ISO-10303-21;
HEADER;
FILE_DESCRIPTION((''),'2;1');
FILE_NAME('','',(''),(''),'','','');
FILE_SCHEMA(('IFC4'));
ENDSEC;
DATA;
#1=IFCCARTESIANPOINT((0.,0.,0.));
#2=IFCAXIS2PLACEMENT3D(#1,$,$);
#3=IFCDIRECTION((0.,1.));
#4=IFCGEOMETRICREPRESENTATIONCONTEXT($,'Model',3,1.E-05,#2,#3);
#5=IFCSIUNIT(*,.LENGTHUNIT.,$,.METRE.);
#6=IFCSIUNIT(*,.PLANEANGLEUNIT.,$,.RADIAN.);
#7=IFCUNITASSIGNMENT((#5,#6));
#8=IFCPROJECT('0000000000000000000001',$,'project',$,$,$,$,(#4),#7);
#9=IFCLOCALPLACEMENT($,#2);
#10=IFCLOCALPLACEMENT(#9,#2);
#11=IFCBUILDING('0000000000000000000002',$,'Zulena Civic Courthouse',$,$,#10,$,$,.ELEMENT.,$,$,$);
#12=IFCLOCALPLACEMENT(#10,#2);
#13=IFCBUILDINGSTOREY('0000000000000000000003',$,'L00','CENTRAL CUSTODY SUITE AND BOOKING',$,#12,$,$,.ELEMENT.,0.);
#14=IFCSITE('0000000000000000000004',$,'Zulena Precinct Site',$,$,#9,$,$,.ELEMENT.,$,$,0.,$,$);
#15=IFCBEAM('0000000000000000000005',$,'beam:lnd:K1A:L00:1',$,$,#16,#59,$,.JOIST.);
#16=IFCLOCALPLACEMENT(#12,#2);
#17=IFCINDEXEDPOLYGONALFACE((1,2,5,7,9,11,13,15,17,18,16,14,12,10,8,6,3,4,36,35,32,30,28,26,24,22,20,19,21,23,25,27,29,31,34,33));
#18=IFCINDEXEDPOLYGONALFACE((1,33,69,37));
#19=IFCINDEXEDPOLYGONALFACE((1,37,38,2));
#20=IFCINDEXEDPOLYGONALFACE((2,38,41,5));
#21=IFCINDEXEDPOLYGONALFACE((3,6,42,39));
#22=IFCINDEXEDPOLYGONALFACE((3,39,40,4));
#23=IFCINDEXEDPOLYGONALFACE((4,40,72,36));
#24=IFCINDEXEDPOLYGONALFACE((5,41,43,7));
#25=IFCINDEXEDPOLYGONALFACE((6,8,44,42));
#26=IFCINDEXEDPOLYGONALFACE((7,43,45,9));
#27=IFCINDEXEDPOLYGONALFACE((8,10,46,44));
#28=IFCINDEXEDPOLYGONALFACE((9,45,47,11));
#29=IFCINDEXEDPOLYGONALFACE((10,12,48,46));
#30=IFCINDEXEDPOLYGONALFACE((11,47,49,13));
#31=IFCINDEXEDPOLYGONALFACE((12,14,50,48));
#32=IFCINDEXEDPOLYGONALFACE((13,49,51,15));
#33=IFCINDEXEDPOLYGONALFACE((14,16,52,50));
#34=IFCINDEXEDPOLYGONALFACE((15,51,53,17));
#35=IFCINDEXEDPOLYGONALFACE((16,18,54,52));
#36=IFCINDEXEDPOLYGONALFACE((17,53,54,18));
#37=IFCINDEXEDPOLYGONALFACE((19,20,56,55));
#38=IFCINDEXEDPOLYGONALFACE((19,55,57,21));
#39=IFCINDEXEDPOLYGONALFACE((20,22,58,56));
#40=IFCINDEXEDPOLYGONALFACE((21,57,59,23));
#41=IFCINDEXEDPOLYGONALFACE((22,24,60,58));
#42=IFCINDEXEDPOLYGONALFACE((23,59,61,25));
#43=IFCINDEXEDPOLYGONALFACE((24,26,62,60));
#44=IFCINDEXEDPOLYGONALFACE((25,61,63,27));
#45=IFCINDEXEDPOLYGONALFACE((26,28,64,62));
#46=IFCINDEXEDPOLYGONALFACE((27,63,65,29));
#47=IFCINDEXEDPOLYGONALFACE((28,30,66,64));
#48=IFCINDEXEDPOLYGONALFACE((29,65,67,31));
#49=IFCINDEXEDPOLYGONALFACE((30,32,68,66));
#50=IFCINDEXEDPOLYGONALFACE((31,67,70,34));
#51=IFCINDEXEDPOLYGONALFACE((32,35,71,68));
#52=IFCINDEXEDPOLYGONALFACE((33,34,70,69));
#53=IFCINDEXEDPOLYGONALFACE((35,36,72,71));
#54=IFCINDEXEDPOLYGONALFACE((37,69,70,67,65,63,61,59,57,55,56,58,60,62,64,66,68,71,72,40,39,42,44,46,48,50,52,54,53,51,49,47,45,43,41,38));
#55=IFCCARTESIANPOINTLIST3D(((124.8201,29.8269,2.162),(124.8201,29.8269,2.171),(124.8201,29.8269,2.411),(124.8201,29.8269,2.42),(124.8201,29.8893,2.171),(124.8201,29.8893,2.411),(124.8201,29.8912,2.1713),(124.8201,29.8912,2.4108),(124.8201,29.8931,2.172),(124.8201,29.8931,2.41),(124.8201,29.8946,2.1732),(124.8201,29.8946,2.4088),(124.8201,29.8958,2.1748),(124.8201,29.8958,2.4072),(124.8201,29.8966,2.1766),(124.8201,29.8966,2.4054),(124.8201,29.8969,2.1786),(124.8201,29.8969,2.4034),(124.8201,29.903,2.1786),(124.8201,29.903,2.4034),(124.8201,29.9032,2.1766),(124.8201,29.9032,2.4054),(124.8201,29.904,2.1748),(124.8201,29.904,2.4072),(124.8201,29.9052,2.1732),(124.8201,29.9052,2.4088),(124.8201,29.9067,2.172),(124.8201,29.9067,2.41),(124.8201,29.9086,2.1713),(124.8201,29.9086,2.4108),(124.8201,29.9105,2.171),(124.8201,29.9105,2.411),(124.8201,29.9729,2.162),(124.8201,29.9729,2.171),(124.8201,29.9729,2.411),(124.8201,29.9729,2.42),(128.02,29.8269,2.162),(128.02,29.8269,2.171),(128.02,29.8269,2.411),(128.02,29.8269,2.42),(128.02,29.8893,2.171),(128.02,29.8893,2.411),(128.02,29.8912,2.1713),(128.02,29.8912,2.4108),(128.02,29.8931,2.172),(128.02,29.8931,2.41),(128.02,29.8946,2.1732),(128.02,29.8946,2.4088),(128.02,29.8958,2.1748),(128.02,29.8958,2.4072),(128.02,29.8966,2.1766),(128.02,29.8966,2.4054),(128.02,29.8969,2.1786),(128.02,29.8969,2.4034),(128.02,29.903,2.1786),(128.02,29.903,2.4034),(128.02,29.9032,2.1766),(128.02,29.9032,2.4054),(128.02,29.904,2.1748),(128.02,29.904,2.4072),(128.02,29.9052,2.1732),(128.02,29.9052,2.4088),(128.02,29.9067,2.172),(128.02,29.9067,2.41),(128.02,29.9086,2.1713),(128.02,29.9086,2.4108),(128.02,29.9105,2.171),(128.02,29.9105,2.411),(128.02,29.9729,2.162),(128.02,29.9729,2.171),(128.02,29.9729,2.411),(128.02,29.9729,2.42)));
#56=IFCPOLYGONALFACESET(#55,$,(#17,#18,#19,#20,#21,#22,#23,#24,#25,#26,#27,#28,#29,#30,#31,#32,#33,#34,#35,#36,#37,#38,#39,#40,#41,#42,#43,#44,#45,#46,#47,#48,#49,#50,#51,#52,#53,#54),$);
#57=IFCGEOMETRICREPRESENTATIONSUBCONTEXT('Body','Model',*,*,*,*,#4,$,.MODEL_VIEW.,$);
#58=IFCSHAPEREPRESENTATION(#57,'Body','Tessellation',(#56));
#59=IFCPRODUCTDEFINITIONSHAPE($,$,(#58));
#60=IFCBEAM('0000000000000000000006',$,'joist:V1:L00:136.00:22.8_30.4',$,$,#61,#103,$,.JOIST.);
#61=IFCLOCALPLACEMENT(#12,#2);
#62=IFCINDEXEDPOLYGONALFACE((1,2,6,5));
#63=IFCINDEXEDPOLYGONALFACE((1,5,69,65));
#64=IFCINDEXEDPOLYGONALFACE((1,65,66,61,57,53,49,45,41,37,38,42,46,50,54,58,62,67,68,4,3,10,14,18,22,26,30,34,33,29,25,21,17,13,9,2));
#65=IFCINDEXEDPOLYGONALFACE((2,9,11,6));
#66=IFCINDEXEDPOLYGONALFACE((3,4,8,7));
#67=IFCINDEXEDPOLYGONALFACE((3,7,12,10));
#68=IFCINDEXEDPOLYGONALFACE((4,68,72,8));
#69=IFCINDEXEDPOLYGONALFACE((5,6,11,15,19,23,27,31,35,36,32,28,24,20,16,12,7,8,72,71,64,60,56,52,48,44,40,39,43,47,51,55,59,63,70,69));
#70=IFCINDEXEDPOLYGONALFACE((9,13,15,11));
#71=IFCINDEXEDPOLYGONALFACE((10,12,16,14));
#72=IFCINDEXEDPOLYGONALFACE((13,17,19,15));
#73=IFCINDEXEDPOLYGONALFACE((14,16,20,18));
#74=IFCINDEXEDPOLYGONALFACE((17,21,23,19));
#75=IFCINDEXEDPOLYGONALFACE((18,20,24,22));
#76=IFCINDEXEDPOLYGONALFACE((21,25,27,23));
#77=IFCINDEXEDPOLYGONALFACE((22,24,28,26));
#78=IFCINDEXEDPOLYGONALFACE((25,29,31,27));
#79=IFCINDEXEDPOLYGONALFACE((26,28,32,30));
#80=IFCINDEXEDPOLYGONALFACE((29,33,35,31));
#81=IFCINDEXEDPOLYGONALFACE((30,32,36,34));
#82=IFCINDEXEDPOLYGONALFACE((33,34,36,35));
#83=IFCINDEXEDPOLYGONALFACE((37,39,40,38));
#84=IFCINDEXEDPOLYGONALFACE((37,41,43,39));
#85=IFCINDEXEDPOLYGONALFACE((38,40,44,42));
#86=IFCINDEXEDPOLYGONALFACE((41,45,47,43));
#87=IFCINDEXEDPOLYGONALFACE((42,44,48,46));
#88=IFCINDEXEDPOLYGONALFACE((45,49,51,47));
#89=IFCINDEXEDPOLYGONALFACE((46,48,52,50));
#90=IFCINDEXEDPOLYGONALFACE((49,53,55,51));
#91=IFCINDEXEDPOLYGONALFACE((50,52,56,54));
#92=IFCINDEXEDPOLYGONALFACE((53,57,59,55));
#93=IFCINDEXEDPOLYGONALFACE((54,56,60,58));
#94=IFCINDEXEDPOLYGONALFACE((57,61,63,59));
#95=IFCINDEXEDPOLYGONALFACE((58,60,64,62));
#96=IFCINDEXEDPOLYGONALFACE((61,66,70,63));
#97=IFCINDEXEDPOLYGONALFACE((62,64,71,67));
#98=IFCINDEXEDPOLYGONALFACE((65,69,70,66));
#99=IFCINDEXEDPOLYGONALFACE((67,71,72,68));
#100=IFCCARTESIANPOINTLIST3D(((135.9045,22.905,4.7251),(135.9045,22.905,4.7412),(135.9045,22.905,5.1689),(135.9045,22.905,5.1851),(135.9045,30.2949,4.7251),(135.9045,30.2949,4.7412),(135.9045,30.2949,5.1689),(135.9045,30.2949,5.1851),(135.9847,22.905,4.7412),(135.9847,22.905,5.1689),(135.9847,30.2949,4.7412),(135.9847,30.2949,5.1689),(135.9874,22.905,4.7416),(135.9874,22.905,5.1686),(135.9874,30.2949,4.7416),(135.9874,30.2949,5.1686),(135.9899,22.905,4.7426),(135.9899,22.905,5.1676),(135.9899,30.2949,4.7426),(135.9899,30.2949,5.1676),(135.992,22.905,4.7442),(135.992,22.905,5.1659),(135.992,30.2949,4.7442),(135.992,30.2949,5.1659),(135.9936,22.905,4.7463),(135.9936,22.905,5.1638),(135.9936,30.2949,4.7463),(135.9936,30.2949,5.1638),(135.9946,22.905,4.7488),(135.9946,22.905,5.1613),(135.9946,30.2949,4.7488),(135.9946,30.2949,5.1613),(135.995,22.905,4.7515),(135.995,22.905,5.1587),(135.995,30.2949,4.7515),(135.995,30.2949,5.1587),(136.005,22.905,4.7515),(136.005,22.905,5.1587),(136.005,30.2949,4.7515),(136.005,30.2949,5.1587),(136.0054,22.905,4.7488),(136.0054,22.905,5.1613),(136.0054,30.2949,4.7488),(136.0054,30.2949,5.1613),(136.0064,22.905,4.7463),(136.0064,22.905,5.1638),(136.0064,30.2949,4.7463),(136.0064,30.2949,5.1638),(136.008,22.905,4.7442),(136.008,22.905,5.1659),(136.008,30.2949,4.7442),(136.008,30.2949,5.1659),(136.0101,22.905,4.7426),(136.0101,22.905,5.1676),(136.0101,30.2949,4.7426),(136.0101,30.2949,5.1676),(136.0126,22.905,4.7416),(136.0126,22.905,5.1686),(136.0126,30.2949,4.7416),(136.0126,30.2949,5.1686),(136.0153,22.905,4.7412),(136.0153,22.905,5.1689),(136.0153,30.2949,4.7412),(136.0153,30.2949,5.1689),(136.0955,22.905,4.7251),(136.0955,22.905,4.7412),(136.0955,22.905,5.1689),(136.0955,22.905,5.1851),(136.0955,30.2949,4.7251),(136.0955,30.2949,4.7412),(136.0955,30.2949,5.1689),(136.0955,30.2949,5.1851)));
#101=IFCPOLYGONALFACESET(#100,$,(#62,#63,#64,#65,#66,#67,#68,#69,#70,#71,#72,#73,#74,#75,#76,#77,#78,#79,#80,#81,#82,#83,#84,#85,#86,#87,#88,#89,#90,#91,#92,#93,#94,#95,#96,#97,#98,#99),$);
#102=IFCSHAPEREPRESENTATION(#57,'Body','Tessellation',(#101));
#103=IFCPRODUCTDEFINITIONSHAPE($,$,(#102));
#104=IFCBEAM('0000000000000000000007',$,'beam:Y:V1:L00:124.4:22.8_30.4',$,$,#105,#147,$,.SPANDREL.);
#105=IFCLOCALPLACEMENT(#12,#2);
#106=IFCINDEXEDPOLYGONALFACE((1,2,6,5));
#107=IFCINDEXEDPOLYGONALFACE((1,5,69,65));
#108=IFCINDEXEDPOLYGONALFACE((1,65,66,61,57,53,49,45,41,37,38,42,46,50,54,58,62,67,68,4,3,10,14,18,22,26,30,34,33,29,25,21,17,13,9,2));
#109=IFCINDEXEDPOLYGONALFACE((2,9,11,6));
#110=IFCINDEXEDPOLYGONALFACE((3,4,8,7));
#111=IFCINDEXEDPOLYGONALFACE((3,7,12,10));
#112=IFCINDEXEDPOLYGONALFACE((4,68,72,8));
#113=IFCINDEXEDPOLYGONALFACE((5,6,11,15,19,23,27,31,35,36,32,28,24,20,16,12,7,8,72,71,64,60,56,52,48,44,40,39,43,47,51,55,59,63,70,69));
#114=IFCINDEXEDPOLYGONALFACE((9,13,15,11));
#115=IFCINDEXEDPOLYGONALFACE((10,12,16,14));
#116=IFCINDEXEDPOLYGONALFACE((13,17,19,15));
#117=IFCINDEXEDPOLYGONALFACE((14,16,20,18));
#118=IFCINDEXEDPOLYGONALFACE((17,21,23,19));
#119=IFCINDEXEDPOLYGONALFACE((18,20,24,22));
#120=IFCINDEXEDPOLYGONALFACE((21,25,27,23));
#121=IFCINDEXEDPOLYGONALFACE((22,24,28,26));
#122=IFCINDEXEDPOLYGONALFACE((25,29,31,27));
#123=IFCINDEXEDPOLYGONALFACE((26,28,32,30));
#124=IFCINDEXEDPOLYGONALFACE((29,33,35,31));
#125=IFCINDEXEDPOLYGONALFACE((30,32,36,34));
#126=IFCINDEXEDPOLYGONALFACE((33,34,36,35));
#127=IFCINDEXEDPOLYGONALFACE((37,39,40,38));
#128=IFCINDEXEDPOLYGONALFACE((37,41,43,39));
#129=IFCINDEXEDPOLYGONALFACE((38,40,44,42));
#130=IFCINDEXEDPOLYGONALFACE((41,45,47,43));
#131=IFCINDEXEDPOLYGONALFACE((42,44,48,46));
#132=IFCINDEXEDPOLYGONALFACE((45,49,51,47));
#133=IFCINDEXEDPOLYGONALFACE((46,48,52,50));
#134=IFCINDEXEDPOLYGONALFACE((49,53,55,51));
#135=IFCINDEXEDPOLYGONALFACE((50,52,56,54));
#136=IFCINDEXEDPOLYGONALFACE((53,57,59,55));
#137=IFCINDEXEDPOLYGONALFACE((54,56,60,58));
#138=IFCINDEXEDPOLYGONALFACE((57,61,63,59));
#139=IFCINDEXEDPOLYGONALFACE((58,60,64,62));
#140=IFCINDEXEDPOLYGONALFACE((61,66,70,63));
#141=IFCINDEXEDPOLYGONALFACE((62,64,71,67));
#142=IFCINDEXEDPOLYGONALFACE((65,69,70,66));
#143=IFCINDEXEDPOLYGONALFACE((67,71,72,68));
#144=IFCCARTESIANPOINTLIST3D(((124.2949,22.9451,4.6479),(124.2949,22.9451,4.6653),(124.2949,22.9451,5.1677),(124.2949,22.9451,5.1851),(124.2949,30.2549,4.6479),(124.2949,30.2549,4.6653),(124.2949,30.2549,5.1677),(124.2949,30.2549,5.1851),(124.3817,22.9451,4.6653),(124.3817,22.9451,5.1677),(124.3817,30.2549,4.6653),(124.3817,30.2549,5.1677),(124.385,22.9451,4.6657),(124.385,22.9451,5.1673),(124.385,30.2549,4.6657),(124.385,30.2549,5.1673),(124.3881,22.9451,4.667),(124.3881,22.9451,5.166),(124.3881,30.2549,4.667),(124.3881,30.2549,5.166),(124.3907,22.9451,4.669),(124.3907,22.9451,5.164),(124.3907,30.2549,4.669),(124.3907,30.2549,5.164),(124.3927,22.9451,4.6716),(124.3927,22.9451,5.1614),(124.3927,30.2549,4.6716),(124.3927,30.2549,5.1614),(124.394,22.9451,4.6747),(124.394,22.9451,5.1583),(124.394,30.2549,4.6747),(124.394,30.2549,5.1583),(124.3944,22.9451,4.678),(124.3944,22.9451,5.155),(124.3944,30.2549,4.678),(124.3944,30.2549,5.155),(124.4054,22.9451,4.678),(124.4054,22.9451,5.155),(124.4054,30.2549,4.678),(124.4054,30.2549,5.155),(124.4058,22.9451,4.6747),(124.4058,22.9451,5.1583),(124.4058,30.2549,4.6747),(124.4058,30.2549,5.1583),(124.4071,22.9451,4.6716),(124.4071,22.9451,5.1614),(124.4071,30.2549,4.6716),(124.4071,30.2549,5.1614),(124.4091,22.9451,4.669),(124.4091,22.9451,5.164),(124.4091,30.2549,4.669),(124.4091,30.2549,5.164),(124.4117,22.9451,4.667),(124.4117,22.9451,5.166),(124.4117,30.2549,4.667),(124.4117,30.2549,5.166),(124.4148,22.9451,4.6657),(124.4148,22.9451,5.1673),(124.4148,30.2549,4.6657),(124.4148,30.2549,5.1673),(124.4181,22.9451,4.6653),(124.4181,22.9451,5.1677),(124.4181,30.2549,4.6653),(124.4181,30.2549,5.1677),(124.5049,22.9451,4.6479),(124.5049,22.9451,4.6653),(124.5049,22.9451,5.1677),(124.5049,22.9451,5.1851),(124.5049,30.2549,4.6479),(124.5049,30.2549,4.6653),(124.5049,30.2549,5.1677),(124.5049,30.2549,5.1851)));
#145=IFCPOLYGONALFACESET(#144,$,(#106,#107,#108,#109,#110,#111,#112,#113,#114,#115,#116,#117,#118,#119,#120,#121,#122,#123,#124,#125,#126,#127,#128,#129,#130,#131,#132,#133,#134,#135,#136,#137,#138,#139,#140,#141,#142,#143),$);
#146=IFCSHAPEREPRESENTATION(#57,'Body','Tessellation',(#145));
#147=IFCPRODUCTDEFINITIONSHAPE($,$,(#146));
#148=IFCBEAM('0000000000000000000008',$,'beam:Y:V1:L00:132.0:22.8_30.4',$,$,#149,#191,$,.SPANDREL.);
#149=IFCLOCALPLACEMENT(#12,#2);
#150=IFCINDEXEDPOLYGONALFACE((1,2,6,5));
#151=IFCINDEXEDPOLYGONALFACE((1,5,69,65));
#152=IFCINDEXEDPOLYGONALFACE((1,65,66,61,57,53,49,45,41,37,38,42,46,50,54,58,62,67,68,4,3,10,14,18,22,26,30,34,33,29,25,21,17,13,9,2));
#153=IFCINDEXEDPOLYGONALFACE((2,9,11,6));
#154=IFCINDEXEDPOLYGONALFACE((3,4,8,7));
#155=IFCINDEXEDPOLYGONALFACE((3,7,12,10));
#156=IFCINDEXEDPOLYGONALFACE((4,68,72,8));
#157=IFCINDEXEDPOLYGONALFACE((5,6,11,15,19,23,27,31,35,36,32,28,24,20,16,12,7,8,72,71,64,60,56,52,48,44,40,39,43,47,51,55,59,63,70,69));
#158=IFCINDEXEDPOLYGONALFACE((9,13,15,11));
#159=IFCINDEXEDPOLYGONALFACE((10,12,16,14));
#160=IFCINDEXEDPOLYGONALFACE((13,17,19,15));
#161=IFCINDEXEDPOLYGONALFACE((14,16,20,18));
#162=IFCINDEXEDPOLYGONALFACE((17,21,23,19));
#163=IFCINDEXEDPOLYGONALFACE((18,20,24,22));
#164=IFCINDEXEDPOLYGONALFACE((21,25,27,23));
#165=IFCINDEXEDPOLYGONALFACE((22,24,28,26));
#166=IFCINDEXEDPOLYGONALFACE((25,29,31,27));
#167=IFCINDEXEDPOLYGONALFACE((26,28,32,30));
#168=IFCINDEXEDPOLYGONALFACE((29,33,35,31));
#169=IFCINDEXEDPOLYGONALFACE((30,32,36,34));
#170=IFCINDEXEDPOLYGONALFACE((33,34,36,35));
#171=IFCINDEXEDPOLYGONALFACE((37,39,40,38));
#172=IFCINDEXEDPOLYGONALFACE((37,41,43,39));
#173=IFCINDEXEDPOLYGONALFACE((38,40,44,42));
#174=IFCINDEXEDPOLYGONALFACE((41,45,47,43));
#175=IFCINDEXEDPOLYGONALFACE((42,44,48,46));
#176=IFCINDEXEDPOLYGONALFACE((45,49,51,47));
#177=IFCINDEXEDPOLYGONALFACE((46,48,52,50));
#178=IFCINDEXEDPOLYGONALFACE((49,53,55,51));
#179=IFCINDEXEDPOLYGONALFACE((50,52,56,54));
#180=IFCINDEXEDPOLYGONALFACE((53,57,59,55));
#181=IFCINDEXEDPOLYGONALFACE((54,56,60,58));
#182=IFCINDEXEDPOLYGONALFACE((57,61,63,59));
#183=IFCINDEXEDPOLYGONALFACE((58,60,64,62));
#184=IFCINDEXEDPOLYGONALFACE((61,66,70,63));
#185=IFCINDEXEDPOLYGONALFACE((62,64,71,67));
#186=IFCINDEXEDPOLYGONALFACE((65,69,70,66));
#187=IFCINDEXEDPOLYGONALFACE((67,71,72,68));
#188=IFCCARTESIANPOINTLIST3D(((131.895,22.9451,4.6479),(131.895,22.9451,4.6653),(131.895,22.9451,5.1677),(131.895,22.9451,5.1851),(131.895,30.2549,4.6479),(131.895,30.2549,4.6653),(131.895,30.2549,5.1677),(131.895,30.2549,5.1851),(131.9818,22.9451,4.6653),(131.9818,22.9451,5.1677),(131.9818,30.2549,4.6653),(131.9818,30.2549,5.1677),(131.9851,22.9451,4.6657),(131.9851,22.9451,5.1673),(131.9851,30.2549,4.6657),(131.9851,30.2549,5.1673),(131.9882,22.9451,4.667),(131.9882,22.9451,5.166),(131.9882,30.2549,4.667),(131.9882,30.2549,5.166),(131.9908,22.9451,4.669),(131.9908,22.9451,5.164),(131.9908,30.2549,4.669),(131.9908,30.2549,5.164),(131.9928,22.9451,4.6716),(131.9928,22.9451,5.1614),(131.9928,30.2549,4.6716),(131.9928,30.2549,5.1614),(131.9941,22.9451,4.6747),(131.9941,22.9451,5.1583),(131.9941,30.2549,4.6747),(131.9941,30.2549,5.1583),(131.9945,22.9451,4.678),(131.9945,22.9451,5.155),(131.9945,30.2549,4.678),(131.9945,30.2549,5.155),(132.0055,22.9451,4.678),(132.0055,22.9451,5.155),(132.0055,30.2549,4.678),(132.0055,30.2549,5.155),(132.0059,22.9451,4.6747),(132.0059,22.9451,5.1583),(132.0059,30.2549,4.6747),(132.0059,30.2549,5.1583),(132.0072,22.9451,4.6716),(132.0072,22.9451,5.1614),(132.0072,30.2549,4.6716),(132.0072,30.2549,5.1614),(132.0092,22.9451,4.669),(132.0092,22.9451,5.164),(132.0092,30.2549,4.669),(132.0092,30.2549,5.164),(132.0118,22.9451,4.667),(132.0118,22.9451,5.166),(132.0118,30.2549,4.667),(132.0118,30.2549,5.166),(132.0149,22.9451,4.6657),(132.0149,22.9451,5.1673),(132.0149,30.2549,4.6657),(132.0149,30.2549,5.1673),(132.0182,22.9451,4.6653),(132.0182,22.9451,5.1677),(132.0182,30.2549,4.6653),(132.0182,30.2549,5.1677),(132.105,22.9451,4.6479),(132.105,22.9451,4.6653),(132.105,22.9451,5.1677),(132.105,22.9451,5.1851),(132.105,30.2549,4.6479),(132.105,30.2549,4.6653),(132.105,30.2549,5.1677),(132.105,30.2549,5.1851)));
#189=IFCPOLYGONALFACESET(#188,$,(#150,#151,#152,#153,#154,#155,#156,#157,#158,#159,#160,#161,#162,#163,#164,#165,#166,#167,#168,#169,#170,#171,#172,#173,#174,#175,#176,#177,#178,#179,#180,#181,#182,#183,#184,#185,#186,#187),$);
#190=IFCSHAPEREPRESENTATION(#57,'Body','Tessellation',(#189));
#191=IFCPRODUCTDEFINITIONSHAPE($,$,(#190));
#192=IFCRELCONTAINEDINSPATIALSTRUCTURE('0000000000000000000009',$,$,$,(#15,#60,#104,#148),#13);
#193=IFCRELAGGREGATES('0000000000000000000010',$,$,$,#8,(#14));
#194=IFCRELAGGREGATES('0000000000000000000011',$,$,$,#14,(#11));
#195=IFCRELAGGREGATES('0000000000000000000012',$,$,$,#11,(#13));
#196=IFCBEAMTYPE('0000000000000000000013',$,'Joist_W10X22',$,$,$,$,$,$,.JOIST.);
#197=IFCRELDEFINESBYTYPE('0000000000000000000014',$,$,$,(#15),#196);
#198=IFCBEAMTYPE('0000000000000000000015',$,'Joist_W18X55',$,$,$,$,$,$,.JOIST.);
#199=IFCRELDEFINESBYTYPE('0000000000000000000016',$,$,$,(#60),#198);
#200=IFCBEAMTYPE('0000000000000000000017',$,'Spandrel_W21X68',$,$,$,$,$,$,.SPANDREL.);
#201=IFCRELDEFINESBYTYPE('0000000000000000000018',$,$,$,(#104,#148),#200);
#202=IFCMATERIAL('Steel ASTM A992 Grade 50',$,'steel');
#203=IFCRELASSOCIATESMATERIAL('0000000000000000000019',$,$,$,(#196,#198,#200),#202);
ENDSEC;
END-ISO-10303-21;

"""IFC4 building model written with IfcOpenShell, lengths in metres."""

from ifc_helpers import new_model, si_unit, direction, frame, origin, origin_2d, place, context, subcontext, project, spatial, i_section, extrude, material, material_profile, profile_set, type_object, element, save


model = new_model("IFC4")

# Units and contexts
model_context = context("Model", 3, precision=1e-05, world=origin(), true_north=direction((0.0, 1.0)))
body_context = subcontext(model_context, "Body", "Model", "MODEL_VIEW")
ifc_project = project(units=[si_unit("LENGTHUNIT", "METRE"), si_unit("PLANEANGLEUNIT", "RADIAN")], contexts=[model_context])

# Site, building, storey
site_placement = place(None, origin())
site = spatial("IfcSite", under=ifc_project, at=site_placement, Name="Zulena Precinct Site", CompositionType="ELEMENT", RefElevation=0.0)
building_placement = place(site_placement, origin())
building = spatial("IfcBuilding", under=site, at=building_placement, Name="Zulena Civic Courthouse", CompositionType="ELEMENT")
storey_placement = place(building_placement, origin())
storey = spatial("IfcBuildingStorey", under=building, at=storey_placement, Name="L00", Description="CENTRAL CUSTODY SUITE AND BOOKING", CompositionType="ELEMENT", Elevation=0.0)

# Shared definitions
ifc_material_1 = material(Name="Steel ASTM A992 Grade 50", Category="steel")

# Beams
ifc_material_profile_1 = material_profile(ifc_material_1, i_section(OverallWidth=0.146, OverallDepth=0.2581, WebThickness=0.0061, FlangeThickness=0.009, FilletRadius=0.0076, at=origin_2d()), Name="W10X22")
ifc_profile_set_1 = profile_set([ifc_material_profile_1], Name="Steel ASTM A992 Grade 50")
beam_type_1 = type_object("IfcBeamType", Name="Joist_W10X22", PredefinedType="JOIST", material=ifc_profile_set_1)
for number, where, z_axis, x_axis, name in (
    (1, (124.8201, 29.8999, 2.291), (1.0, 0.0, 0.0), (0.0, 1.0, 0.0), "beam:lnd:K1A:L00:1"),
):
    element("IfcBeam", number, at=place(storey_placement, frame(where, z_axis=z_axis, x_axis=x_axis)), inside=storey, type_object=beam_type_1, Name=name, PredefinedType="JOIST", context=body_context, shape_type="SweptSolid", body=[
        extrude(i_section(OverallWidth=0.146, OverallDepth=0.2581, WebThickness=0.0061, FlangeThickness=0.009, FilletRadius=0.0076, at=origin_2d()), origin(), (0.0, 0.0, 1.0), 3.2),
    ])
ifc_material_profile_2 = material_profile(ifc_material_1, i_section(OverallWidth=0.1909, OverallDepth=0.46, WebThickness=0.01, FlangeThickness=0.0161, FilletRadius=0.0103, at=origin_2d()), Name="W18X55")
ifc_profile_set_2 = profile_set([ifc_material_profile_2], Name="Steel ASTM A992 Grade 50")
beam_type_2 = type_object("IfcBeamType", Name="Joist_W18X55", PredefinedType="JOIST", material=ifc_profile_set_2)
beam_placement = place(storey_placement, frame((136.0, 22.905, 4.9551), z_axis=(0.0, 1.0, 0.0), x_axis=(-1.0, 0.0, 0.0)))
element("IfcBeam", 2, at=beam_placement, inside=storey, type_object=beam_type_2, Name="joist:V1:L00:136.00:22.8_30.4", PredefinedType="JOIST", context=body_context, shape_type="SweptSolid", body=[
    extrude(i_section(OverallWidth=0.1909, OverallDepth=0.46, WebThickness=0.01, FlangeThickness=0.0161, FilletRadius=0.0103, at=origin_2d()), origin(), (0.0, 0.0, 1.0), 7.3899),
])
ifc_material_profile_3 = material_profile(ifc_material_1, i_section(OverallWidth=0.21, OverallDepth=0.5371, WebThickness=0.011, FlangeThickness=0.0173, FilletRadius=0.0127, at=origin_2d()), Name="W21X68")
ifc_profile_set_3 = profile_set([ifc_material_profile_3], Name="Steel ASTM A992 Grade 50")
beam_type_3 = type_object("IfcBeamType", Name="Spandrel_W21X68", PredefinedType="SPANDREL", material=ifc_profile_set_3)
for number, where, z_axis, x_axis, name in (
    (3, (124.3999, 22.9451, 4.9165), (0.0, 1.0, 0.0), (-1.0, 0.0, 0.0), "beam:Y:V1:L00:124.4:22.8_30.4"),
    (4, (132.0, 22.9451, 4.9165), (0.0, 1.0, 0.0), (-1.0, 0.0, 0.0), "beam:Y:V1:L00:132.0:22.8_30.4"),
):
    element("IfcBeam", number, at=place(storey_placement, frame(where, z_axis=z_axis, x_axis=x_axis)), inside=storey, type_object=beam_type_3, Name=name, PredefinedType="SPANDREL", context=body_context, shape_type="SweptSolid", body=[
        extrude(i_section(OverallWidth=0.21, OverallDepth=0.5371, WebThickness=0.011, FlangeThickness=0.0173, FilletRadius=0.0127, at=origin_2d()), origin(), (0.0, 0.0, 1.0), 7.3098),
    ])

save(model, "model.ifc")
